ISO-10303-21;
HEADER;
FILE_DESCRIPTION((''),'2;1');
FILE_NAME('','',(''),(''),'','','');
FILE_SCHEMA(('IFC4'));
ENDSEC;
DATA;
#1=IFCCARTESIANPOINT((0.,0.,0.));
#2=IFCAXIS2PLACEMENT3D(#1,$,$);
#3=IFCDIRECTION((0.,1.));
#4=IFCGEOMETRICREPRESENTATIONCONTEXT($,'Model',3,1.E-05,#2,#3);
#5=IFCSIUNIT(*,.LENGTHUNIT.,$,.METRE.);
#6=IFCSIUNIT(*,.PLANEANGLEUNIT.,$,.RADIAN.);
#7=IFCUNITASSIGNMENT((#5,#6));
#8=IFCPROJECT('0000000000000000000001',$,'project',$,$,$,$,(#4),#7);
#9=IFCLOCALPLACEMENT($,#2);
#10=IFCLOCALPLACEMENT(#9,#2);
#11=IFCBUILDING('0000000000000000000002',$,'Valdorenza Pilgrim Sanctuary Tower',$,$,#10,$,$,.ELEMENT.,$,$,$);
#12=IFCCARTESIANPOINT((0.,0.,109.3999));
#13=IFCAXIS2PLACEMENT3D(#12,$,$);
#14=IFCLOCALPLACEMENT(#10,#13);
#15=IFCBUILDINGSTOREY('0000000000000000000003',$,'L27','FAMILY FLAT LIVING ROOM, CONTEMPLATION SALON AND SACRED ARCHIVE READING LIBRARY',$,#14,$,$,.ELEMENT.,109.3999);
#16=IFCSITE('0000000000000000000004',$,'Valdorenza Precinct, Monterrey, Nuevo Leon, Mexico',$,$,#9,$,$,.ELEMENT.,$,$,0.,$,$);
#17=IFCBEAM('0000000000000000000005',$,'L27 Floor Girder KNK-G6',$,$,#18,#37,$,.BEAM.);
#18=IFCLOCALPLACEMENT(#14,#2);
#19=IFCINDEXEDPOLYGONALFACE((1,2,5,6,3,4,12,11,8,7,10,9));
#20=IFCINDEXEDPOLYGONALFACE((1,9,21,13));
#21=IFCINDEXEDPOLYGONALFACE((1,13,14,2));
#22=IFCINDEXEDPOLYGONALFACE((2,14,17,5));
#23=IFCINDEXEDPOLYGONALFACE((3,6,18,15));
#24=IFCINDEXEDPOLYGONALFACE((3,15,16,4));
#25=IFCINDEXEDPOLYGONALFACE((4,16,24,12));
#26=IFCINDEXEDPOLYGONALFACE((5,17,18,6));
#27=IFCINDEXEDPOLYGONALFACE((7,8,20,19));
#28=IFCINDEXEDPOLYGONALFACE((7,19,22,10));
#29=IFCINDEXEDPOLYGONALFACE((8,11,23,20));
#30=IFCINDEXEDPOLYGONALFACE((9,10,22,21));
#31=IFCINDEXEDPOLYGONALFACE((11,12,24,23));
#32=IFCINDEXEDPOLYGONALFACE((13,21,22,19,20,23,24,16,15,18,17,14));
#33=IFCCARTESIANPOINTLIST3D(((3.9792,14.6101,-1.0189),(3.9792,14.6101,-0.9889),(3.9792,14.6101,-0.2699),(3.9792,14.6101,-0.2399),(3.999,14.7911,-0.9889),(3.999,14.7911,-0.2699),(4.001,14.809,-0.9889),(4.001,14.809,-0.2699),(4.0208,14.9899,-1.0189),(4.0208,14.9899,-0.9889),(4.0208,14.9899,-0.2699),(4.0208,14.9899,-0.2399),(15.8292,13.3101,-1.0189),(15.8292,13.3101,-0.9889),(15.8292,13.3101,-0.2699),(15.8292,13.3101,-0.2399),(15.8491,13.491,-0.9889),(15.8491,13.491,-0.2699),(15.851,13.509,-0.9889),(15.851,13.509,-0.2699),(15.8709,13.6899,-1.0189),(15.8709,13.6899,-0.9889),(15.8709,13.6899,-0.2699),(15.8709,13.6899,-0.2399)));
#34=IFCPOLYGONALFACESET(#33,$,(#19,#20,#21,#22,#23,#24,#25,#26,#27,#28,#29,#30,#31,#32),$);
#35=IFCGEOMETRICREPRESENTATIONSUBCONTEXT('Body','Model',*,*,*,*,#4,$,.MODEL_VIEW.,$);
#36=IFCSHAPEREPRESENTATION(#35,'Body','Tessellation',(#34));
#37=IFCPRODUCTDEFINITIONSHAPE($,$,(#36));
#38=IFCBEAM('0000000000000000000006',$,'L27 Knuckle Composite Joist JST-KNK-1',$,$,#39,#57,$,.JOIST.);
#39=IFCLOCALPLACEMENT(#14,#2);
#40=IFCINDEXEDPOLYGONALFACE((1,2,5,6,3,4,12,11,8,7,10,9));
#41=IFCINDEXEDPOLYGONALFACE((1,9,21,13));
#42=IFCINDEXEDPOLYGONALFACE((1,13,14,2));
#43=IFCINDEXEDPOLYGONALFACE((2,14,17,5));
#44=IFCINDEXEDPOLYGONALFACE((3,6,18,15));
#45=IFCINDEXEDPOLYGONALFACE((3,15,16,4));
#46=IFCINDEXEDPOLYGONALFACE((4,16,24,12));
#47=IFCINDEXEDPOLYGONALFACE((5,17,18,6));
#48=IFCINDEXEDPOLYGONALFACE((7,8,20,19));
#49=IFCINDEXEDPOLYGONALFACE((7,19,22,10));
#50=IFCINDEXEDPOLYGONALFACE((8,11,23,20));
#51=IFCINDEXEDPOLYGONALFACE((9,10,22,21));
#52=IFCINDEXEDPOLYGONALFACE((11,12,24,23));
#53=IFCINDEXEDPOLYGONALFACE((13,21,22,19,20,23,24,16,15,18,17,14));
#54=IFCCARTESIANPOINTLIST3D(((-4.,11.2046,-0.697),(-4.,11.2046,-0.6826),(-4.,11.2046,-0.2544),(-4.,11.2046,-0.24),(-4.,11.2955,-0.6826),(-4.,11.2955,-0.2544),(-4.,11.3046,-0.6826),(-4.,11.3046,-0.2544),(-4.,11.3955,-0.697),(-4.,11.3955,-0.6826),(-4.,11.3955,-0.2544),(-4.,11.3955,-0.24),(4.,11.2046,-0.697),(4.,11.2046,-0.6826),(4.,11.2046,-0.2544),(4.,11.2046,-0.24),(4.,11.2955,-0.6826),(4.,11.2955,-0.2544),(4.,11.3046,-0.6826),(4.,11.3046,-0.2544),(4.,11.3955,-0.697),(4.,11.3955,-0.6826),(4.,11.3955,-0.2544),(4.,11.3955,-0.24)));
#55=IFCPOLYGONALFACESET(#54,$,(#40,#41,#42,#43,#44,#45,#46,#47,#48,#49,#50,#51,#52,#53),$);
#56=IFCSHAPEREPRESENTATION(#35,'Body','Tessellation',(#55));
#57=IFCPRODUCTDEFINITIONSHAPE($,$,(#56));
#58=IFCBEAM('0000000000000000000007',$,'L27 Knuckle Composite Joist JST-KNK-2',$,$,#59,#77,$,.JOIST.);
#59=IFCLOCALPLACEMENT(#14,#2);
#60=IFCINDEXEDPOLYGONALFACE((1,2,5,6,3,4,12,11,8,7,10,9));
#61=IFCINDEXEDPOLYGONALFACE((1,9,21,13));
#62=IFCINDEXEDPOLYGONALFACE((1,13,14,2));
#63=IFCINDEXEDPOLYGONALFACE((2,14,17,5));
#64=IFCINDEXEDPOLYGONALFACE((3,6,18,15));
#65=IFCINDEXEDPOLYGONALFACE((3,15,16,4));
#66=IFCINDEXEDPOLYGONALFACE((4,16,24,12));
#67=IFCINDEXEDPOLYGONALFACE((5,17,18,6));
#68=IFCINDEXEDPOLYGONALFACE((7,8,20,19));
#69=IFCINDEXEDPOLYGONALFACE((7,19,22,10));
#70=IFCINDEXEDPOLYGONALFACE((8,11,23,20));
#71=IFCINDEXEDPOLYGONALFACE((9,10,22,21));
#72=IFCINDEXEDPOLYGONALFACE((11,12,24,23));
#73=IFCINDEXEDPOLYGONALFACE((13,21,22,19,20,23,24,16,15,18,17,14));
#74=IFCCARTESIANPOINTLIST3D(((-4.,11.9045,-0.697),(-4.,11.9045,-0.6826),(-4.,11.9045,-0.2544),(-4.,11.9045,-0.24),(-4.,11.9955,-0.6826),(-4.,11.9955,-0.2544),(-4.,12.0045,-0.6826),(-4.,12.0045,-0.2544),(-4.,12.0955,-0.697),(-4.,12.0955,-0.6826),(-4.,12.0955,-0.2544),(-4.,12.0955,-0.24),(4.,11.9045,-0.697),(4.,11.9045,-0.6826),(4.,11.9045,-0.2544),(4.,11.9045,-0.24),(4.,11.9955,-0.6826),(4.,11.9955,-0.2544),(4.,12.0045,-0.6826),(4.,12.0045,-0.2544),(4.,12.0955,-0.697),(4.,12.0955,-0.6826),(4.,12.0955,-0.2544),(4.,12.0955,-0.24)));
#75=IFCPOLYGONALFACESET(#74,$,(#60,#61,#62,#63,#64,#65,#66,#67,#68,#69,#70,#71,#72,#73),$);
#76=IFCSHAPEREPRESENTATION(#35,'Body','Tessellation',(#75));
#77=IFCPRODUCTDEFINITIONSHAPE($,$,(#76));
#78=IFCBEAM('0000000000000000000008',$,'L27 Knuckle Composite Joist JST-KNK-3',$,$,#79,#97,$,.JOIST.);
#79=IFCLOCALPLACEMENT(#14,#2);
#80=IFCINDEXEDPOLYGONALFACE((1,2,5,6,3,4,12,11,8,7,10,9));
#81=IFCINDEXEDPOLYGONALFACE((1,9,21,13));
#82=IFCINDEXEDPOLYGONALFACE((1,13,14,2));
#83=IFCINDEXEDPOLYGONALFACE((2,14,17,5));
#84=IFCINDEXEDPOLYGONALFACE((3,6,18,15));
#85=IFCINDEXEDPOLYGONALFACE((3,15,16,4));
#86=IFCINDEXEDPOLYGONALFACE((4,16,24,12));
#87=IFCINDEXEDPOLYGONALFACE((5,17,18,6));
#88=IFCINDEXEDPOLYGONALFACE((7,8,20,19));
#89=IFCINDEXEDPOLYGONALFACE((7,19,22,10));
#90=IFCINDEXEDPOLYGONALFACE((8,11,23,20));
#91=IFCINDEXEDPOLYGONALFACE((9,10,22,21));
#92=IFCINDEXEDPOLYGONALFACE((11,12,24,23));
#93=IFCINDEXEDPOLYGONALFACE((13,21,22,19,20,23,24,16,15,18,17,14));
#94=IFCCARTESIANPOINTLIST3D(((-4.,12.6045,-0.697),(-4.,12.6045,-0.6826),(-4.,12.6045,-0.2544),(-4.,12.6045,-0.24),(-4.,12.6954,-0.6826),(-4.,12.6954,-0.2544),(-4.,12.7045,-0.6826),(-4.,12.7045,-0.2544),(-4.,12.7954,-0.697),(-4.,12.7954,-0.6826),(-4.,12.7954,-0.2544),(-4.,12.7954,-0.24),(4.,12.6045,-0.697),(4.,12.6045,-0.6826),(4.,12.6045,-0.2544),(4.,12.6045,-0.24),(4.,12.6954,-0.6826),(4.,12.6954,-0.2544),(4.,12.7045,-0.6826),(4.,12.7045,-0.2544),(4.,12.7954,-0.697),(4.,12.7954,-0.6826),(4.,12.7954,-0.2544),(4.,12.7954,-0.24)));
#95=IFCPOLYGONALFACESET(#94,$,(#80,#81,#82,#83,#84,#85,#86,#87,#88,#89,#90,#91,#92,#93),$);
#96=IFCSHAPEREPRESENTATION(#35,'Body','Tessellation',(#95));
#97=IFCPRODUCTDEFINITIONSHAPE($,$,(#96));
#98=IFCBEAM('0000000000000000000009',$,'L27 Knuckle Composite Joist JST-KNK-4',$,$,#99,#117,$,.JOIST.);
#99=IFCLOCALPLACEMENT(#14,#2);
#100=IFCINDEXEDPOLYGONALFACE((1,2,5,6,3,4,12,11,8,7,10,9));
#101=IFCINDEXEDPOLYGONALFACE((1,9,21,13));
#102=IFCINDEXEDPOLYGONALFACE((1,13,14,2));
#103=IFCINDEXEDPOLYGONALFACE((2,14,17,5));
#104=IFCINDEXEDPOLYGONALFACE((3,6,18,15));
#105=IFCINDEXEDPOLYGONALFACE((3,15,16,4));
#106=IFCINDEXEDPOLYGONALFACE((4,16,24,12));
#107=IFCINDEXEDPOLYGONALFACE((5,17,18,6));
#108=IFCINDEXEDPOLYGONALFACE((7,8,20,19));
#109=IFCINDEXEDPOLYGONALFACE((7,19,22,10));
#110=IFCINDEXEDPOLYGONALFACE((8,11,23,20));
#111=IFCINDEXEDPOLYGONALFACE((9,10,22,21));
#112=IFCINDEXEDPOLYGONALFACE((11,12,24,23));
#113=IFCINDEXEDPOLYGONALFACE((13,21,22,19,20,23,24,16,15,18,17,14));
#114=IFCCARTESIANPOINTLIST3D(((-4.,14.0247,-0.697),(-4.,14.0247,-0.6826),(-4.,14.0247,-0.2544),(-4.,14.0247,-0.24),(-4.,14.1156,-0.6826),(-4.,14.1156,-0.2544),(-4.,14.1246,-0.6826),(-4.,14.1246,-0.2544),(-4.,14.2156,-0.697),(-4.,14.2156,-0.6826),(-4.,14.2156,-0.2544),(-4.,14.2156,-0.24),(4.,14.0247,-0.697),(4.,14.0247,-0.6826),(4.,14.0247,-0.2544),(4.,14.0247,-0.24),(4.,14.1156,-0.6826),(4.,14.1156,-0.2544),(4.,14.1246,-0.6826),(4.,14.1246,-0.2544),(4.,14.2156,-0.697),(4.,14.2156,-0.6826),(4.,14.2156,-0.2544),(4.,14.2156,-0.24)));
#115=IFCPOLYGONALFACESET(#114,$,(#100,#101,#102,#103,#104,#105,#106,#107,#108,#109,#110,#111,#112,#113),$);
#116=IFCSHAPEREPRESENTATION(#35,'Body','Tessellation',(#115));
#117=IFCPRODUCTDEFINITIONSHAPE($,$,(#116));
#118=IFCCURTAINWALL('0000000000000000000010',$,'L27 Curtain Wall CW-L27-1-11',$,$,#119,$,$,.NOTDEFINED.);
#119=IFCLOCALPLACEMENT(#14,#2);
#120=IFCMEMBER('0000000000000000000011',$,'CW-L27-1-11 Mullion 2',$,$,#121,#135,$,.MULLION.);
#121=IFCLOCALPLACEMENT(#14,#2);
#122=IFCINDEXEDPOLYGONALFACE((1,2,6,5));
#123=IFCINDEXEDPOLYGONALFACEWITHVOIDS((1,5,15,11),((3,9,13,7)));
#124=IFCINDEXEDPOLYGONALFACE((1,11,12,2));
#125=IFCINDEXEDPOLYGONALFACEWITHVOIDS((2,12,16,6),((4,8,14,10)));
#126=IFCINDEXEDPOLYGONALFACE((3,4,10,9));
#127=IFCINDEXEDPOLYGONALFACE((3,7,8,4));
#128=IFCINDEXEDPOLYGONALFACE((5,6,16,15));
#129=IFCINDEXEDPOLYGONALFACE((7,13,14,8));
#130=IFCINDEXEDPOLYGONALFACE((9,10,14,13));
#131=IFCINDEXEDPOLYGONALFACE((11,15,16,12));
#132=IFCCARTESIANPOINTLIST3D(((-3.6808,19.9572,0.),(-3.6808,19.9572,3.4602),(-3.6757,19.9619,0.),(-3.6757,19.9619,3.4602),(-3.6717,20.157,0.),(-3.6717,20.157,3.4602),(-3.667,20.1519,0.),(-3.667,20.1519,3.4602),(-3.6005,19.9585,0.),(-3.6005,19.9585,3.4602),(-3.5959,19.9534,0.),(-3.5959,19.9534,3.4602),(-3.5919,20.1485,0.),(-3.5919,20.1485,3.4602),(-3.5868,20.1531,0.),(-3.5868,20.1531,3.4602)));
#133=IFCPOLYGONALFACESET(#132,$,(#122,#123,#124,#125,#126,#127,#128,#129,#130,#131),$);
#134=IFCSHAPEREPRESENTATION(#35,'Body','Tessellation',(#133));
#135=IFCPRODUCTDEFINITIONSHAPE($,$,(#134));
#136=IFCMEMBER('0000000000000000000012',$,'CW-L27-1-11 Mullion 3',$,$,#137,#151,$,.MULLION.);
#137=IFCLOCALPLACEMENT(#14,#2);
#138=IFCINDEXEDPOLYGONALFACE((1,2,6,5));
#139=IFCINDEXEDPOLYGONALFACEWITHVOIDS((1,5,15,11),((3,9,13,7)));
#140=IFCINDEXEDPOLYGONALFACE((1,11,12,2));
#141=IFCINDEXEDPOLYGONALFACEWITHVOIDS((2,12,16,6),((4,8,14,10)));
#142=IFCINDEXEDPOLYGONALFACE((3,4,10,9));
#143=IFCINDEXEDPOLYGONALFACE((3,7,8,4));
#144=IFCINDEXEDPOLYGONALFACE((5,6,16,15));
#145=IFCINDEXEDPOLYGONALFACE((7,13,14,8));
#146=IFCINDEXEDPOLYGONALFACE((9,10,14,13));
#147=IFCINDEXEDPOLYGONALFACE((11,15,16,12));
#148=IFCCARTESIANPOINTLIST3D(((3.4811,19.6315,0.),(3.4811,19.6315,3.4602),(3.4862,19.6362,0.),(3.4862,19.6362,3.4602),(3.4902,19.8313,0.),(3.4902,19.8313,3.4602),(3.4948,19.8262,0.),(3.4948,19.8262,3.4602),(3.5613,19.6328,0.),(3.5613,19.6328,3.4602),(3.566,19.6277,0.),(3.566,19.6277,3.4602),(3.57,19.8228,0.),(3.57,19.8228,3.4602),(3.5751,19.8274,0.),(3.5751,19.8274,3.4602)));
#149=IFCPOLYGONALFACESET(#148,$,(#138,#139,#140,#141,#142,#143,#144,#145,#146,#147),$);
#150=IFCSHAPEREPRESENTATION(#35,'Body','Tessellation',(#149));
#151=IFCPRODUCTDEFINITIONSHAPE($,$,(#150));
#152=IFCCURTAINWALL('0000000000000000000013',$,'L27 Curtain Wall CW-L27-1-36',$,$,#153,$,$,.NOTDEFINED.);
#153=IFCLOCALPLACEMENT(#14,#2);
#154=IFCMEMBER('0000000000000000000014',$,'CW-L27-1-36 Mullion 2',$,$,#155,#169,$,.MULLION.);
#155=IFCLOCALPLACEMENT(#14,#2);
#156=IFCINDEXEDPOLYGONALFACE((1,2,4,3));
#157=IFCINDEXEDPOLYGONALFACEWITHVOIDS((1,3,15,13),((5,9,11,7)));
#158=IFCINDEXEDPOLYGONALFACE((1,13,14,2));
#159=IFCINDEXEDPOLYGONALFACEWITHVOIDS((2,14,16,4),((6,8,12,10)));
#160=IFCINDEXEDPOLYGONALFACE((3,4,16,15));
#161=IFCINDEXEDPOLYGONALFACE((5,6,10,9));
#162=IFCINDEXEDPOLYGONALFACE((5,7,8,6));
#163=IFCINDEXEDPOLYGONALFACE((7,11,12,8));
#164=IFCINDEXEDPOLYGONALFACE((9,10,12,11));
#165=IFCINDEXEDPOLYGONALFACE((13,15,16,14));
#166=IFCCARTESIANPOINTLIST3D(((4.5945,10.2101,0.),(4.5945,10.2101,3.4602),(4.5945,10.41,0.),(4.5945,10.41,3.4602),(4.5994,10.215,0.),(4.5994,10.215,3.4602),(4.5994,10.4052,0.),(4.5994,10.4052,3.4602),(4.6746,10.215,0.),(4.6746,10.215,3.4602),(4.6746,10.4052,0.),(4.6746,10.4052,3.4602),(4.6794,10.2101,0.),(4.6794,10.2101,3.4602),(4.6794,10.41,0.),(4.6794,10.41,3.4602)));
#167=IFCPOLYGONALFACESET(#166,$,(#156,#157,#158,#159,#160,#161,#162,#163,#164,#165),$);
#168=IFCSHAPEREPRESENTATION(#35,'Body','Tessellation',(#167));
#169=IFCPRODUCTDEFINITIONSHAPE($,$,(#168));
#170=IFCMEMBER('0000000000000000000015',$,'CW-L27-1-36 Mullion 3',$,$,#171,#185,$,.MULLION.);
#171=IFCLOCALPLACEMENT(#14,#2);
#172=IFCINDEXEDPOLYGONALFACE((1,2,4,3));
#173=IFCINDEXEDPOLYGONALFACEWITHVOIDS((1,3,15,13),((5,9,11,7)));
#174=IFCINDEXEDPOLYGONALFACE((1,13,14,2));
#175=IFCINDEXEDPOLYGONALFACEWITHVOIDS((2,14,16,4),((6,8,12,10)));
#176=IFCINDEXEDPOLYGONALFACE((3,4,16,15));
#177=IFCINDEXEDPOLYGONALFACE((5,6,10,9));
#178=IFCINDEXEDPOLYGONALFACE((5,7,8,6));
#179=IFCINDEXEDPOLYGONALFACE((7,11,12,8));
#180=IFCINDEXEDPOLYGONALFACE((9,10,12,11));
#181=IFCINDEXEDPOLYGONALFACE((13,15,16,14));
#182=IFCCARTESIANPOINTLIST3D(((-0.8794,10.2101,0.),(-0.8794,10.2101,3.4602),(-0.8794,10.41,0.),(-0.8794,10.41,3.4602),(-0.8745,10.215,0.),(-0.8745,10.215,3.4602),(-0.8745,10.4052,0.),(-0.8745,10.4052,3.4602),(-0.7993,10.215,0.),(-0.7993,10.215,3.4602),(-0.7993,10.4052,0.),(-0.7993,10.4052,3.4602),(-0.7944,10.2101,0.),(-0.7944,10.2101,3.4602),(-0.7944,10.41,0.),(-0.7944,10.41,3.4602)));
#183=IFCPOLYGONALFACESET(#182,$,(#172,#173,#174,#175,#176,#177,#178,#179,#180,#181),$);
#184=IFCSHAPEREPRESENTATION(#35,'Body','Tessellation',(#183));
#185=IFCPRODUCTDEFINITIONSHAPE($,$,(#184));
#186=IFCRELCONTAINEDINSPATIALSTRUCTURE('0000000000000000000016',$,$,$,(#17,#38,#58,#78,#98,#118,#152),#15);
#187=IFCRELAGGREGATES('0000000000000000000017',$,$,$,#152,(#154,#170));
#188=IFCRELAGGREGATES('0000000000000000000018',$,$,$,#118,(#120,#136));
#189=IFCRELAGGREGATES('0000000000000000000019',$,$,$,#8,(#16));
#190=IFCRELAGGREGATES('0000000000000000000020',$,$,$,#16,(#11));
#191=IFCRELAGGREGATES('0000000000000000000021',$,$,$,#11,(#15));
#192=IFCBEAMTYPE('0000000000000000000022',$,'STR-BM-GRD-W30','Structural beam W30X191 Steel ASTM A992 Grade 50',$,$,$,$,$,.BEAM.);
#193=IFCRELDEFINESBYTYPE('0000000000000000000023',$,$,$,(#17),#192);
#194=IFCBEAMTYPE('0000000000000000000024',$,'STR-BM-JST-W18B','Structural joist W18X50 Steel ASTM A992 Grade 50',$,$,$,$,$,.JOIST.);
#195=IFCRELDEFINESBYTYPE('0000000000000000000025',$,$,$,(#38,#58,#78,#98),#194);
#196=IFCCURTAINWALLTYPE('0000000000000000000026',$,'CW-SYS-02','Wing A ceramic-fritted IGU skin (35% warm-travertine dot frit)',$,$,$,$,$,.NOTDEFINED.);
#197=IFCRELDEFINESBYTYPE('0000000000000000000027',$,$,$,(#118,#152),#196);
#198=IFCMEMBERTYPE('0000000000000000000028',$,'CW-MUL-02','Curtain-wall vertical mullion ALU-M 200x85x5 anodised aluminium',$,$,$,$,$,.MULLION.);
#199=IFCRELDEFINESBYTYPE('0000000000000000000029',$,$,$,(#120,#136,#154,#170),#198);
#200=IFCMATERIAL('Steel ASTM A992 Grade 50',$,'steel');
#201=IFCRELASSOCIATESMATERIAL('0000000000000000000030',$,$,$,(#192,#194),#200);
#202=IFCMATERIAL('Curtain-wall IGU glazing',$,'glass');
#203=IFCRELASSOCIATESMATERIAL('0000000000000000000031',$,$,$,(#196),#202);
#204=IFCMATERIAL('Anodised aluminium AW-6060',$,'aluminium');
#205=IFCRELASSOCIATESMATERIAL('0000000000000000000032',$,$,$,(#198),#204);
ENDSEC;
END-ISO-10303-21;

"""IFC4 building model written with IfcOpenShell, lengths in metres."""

from ifc_helpers import new_model, si_unit, direction, frame, origin, origin_2d, place, context, subcontext, project, spatial, hollow_rectangle, i_section, extrude, source, transform, mapped, material, material_profile, profile_set, type_object, element, aggregate, save


model = new_model("IFC4")

# Units and contexts
model_context = context("Model", 3, precision=1e-05, world=origin(), true_north=direction((0.0, 1.0)))
body_context = subcontext(model_context, "Body", "Model", "MODEL_VIEW")
ifc_project = project(units=[si_unit("LENGTHUNIT", "METRE"), si_unit("PLANEANGLEUNIT", "RADIAN")], contexts=[model_context])

# Site, building, storey
site_placement = place(None, origin())
site = spatial("IfcSite", under=ifc_project, at=site_placement, Name="Valdorenza Precinct, Monterrey, Nuevo Leon, Mexico", CompositionType="ELEMENT", RefElevation=0.0)
building_placement = place(site_placement, origin())
building = spatial("IfcBuilding", under=site, at=building_placement, Name="Valdorenza Pilgrim Sanctuary Tower", CompositionType="ELEMENT")
storey_placement = place(building_placement, frame((0.0, 0.0, 109.3999)))
storey = spatial("IfcBuildingStorey", under=building, at=storey_placement, Name="L27", Description="FAMILY FLAT LIVING ROOM, CONTEMPLATION SALON AND SACRED ARCHIVE READING LIBRARY", CompositionType="ELEMENT", Elevation=109.3999)

# Shared definitions
ifc_material_1 = material(Name="Steel ASTM A992 Grade 50", Category="steel")

# Beams
ifc_material_profile_1 = material_profile(ifc_material_1, i_section(OverallWidth=0.3821, OverallDepth=0.7791, WebThickness=0.0181, FlangeThickness=0.03, at=origin_2d()), Name="W30X191")
ifc_profile_set_1 = profile_set([ifc_material_profile_1], Name="Steel ASTM A992 Grade 50")
beam_type_1 = type_object("IfcBeamType", Name="STR-BM-GRD-W30", Description="Structural beam W30X191 Steel ASTM A992 Grade 50", PredefinedType="BEAM", material=ifc_profile_set_1)
shared_shape_1 = source(origin(), body_context, "Body", "SweptSolid", [
    extrude(i_section(OverallWidth=0.3821, OverallDepth=0.7791, WebThickness=0.0181, FlangeThickness=0.03, at=origin_2d()), origin(), (0.0, 0.0, 1.0), 11.9211),
])
beam_1_placement = place(storey_placement, frame((4.0, 14.8, -0.6294), z_axis=(0.994036, -0.109054, 0.0), x_axis=(0.109054, 0.994036, 0.0)))
element("IfcBeam", 1, at=beam_1_placement, inside=storey, type_object=beam_type_1, Name="L27 Floor Girder KNK-G6", PredefinedType="BEAM", context=body_context, shape_type="MappedRepresentation", body=[
    mapped(shared_shape_1, transform((0.0, 0.0, 0.0), x_axis=(1.0, 0.0, 0.0), y_axis=(0.0, 1.0, 0.0), z_axis=(0.0, 0.0, 1.0), scale=1.0)),
])
ifc_material_profile_2 = material_profile(ifc_material_1, i_section(OverallWidth=0.1909, OverallDepth=0.457, WebThickness=0.009, FlangeThickness=0.0144, at=origin_2d()), Name="W18X50")
ifc_profile_set_2 = profile_set([ifc_material_profile_2], Name="Steel ASTM A992 Grade 50")
beam_type_2 = type_object("IfcBeamType", Name="STR-BM-JST-W18B", Description="Structural joist W18X50 Steel ASTM A992 Grade 50", PredefinedType="JOIST", material=ifc_profile_set_2)
shared_shape_2 = source(origin(), body_context, "Body", "SweptSolid", [
    extrude(i_section(OverallWidth=0.1909, OverallDepth=0.457, WebThickness=0.009, FlangeThickness=0.0144, at=origin_2d()), origin(), (0.0, 0.0, 1.0), 8.0),
])
for number, where, z_axis, x_axis, name in (
    (2, (-4.0, 11.3, -0.4685), (1.0, 0.0, 0.0), (0.0, 1.0, 0.0), "L27 Knuckle Composite Joist JST-KNK-1"),
    (3, (-4.0, 12.0, -0.4685), (1.0, 0.0, 0.0), (0.0, 1.0, 0.0), "L27 Knuckle Composite Joist JST-KNK-2"),
    (4, (-4.0, 12.7, -0.4685), (1.0, 0.0, 0.0), (0.0, 1.0, 0.0), "L27 Knuckle Composite Joist JST-KNK-3"),
    (5, (-4.0, 14.1201, -0.4685), (1.0, 0.0, 0.0), (0.0, 1.0, 0.0), "L27 Knuckle Composite Joist JST-KNK-4"),
):
    element("IfcBeam", number, at=place(storey_placement, frame(where, z_axis=z_axis, x_axis=x_axis)), inside=storey, type_object=beam_type_2, Name=name, PredefinedType="JOIST", context=body_context, shape_type="MappedRepresentation", body=[
        mapped(shared_shape_2, transform((0.0, 0.0, 0.0), x_axis=(1.0, 0.0, 0.0), y_axis=(0.0, 1.0, 0.0), z_axis=(0.0, 0.0, 1.0), scale=1.0)),
    ])

# Curtain walls, members
ifc_material_2 = material(Name="Curtain-wall IGU glazing", Category="glass")
curtain_wall_type = type_object("IfcCurtainWallType", Name="CW-SYS-02", Description="Wing A ceramic-fritted IGU skin (35% warm-travertine dot frit)", PredefinedType="NOTDEFINED", material=ifc_material_2)
curtain_wall_1_placement = place(storey_placement, origin())
curtain_wall_1 = element("IfcCurtainWall", 6, at=curtain_wall_1_placement, inside=storey, type_object=curtain_wall_type, Name="L27 Curtain Wall CW-L27-1-11", PredefinedType="NOTDEFINED")
ifc_material_3 = material(Name="Anodised aluminium AW-6060", Category="aluminium")
ifc_material_profile_3 = material_profile(ifc_material_3, hollow_rectangle(XDim=0.085, YDim=0.2, WallThickness=0.0049, at=origin_2d()), Name="ALU-M 200x85x5")
ifc_profile_set_3 = profile_set([ifc_material_profile_3], Name="Anodised aluminium AW-6060")
member_type = type_object("IfcMemberType", Name="CW-MUL-02", Description="Curtain-wall vertical mullion ALU-M 200x85x5 anodised aluminium", PredefinedType="MULLION", material=ifc_profile_set_3)
shared_shape_3 = source(origin(), body_context, "Body", "SweptSolid", [
    extrude(hollow_rectangle(XDim=0.085, YDim=0.2, WallThickness=0.0049, at=origin_2d()), origin(), (0.0, 0.0, 1.0), 3.4602),
])
member_1_placement = place(storey_placement, frame((-3.6338, 20.0552, 0.0), z_axis=(0.0, 0.0, 1.0), x_axis=(0.998968, -0.045415, 0.0)))
member_1 = element("IfcMember", 7, at=member_1_placement, type_object=member_type, Name="CW-L27-1-11 Mullion 2", PredefinedType="MULLION", context=body_context, shape_type="MappedRepresentation", body=[
    mapped(shared_shape_3, transform((0.0, 0.0, 0.0), x_axis=(1.0, 0.0, 0.0), y_axis=(0.0, 1.0, 0.0), z_axis=(0.0, 0.0, 1.0), scale=1.0)),
])
member_2_placement = place(storey_placement, frame((3.5281, 19.7295, 0.0), z_axis=(0.0, 0.0, 1.0), x_axis=(0.998968, -0.045415, 0.0)))
member_2 = element("IfcMember", 8, at=member_2_placement, type_object=member_type, Name="CW-L27-1-11 Mullion 3", PredefinedType="MULLION", context=body_context, shape_type="MappedRepresentation", body=[
    mapped(shared_shape_3, transform((0.0, 0.0, 0.0), x_axis=(1.0, 0.0, 0.0), y_axis=(0.0, 1.0, 0.0), z_axis=(0.0, 0.0, 1.0), scale=1.0)),
])
curtain_wall_2_placement = place(storey_placement, origin())
curtain_wall_2 = element("IfcCurtainWall", 9, at=curtain_wall_2_placement, inside=storey, type_object=curtain_wall_type, Name="L27 Curtain Wall CW-L27-1-36", PredefinedType="NOTDEFINED")
member_3_placement = place(storey_placement, frame((4.637, 10.3101, 0.0), z_axis=(0.0, 0.0, 1.0), x_axis=(-1.0, 0.0, 0.0)))
member_3 = element("IfcMember", 10, at=member_3_placement, type_object=member_type, Name="CW-L27-1-36 Mullion 2", PredefinedType="MULLION", context=body_context, shape_type="MappedRepresentation", body=[
    mapped(shared_shape_3, transform((0.0, 0.0, 0.0), x_axis=(1.0, 0.0, 0.0), y_axis=(0.0, 1.0, 0.0), z_axis=(0.0, 0.0, 1.0), scale=1.0)),
])
member_4_placement = place(storey_placement, frame((-0.8369, 10.3101, 0.0), z_axis=(0.0, 0.0, 1.0), x_axis=(-1.0, 0.0, 0.0)))
member_4 = element("IfcMember", 11, at=member_4_placement, type_object=member_type, Name="CW-L27-1-36 Mullion 3", PredefinedType="MULLION", context=body_context, shape_type="MappedRepresentation", body=[
    mapped(shared_shape_3, transform((0.0, 0.0, 0.0), x_axis=(1.0, 0.0, 0.0), y_axis=(0.0, 1.0, 0.0), z_axis=(0.0, 0.0, 1.0), scale=1.0)),
])

aggregate(curtain_wall_2, [member_3, member_4])
aggregate(curtain_wall_1, [member_1, member_2])

save(model, "model.ifc")
